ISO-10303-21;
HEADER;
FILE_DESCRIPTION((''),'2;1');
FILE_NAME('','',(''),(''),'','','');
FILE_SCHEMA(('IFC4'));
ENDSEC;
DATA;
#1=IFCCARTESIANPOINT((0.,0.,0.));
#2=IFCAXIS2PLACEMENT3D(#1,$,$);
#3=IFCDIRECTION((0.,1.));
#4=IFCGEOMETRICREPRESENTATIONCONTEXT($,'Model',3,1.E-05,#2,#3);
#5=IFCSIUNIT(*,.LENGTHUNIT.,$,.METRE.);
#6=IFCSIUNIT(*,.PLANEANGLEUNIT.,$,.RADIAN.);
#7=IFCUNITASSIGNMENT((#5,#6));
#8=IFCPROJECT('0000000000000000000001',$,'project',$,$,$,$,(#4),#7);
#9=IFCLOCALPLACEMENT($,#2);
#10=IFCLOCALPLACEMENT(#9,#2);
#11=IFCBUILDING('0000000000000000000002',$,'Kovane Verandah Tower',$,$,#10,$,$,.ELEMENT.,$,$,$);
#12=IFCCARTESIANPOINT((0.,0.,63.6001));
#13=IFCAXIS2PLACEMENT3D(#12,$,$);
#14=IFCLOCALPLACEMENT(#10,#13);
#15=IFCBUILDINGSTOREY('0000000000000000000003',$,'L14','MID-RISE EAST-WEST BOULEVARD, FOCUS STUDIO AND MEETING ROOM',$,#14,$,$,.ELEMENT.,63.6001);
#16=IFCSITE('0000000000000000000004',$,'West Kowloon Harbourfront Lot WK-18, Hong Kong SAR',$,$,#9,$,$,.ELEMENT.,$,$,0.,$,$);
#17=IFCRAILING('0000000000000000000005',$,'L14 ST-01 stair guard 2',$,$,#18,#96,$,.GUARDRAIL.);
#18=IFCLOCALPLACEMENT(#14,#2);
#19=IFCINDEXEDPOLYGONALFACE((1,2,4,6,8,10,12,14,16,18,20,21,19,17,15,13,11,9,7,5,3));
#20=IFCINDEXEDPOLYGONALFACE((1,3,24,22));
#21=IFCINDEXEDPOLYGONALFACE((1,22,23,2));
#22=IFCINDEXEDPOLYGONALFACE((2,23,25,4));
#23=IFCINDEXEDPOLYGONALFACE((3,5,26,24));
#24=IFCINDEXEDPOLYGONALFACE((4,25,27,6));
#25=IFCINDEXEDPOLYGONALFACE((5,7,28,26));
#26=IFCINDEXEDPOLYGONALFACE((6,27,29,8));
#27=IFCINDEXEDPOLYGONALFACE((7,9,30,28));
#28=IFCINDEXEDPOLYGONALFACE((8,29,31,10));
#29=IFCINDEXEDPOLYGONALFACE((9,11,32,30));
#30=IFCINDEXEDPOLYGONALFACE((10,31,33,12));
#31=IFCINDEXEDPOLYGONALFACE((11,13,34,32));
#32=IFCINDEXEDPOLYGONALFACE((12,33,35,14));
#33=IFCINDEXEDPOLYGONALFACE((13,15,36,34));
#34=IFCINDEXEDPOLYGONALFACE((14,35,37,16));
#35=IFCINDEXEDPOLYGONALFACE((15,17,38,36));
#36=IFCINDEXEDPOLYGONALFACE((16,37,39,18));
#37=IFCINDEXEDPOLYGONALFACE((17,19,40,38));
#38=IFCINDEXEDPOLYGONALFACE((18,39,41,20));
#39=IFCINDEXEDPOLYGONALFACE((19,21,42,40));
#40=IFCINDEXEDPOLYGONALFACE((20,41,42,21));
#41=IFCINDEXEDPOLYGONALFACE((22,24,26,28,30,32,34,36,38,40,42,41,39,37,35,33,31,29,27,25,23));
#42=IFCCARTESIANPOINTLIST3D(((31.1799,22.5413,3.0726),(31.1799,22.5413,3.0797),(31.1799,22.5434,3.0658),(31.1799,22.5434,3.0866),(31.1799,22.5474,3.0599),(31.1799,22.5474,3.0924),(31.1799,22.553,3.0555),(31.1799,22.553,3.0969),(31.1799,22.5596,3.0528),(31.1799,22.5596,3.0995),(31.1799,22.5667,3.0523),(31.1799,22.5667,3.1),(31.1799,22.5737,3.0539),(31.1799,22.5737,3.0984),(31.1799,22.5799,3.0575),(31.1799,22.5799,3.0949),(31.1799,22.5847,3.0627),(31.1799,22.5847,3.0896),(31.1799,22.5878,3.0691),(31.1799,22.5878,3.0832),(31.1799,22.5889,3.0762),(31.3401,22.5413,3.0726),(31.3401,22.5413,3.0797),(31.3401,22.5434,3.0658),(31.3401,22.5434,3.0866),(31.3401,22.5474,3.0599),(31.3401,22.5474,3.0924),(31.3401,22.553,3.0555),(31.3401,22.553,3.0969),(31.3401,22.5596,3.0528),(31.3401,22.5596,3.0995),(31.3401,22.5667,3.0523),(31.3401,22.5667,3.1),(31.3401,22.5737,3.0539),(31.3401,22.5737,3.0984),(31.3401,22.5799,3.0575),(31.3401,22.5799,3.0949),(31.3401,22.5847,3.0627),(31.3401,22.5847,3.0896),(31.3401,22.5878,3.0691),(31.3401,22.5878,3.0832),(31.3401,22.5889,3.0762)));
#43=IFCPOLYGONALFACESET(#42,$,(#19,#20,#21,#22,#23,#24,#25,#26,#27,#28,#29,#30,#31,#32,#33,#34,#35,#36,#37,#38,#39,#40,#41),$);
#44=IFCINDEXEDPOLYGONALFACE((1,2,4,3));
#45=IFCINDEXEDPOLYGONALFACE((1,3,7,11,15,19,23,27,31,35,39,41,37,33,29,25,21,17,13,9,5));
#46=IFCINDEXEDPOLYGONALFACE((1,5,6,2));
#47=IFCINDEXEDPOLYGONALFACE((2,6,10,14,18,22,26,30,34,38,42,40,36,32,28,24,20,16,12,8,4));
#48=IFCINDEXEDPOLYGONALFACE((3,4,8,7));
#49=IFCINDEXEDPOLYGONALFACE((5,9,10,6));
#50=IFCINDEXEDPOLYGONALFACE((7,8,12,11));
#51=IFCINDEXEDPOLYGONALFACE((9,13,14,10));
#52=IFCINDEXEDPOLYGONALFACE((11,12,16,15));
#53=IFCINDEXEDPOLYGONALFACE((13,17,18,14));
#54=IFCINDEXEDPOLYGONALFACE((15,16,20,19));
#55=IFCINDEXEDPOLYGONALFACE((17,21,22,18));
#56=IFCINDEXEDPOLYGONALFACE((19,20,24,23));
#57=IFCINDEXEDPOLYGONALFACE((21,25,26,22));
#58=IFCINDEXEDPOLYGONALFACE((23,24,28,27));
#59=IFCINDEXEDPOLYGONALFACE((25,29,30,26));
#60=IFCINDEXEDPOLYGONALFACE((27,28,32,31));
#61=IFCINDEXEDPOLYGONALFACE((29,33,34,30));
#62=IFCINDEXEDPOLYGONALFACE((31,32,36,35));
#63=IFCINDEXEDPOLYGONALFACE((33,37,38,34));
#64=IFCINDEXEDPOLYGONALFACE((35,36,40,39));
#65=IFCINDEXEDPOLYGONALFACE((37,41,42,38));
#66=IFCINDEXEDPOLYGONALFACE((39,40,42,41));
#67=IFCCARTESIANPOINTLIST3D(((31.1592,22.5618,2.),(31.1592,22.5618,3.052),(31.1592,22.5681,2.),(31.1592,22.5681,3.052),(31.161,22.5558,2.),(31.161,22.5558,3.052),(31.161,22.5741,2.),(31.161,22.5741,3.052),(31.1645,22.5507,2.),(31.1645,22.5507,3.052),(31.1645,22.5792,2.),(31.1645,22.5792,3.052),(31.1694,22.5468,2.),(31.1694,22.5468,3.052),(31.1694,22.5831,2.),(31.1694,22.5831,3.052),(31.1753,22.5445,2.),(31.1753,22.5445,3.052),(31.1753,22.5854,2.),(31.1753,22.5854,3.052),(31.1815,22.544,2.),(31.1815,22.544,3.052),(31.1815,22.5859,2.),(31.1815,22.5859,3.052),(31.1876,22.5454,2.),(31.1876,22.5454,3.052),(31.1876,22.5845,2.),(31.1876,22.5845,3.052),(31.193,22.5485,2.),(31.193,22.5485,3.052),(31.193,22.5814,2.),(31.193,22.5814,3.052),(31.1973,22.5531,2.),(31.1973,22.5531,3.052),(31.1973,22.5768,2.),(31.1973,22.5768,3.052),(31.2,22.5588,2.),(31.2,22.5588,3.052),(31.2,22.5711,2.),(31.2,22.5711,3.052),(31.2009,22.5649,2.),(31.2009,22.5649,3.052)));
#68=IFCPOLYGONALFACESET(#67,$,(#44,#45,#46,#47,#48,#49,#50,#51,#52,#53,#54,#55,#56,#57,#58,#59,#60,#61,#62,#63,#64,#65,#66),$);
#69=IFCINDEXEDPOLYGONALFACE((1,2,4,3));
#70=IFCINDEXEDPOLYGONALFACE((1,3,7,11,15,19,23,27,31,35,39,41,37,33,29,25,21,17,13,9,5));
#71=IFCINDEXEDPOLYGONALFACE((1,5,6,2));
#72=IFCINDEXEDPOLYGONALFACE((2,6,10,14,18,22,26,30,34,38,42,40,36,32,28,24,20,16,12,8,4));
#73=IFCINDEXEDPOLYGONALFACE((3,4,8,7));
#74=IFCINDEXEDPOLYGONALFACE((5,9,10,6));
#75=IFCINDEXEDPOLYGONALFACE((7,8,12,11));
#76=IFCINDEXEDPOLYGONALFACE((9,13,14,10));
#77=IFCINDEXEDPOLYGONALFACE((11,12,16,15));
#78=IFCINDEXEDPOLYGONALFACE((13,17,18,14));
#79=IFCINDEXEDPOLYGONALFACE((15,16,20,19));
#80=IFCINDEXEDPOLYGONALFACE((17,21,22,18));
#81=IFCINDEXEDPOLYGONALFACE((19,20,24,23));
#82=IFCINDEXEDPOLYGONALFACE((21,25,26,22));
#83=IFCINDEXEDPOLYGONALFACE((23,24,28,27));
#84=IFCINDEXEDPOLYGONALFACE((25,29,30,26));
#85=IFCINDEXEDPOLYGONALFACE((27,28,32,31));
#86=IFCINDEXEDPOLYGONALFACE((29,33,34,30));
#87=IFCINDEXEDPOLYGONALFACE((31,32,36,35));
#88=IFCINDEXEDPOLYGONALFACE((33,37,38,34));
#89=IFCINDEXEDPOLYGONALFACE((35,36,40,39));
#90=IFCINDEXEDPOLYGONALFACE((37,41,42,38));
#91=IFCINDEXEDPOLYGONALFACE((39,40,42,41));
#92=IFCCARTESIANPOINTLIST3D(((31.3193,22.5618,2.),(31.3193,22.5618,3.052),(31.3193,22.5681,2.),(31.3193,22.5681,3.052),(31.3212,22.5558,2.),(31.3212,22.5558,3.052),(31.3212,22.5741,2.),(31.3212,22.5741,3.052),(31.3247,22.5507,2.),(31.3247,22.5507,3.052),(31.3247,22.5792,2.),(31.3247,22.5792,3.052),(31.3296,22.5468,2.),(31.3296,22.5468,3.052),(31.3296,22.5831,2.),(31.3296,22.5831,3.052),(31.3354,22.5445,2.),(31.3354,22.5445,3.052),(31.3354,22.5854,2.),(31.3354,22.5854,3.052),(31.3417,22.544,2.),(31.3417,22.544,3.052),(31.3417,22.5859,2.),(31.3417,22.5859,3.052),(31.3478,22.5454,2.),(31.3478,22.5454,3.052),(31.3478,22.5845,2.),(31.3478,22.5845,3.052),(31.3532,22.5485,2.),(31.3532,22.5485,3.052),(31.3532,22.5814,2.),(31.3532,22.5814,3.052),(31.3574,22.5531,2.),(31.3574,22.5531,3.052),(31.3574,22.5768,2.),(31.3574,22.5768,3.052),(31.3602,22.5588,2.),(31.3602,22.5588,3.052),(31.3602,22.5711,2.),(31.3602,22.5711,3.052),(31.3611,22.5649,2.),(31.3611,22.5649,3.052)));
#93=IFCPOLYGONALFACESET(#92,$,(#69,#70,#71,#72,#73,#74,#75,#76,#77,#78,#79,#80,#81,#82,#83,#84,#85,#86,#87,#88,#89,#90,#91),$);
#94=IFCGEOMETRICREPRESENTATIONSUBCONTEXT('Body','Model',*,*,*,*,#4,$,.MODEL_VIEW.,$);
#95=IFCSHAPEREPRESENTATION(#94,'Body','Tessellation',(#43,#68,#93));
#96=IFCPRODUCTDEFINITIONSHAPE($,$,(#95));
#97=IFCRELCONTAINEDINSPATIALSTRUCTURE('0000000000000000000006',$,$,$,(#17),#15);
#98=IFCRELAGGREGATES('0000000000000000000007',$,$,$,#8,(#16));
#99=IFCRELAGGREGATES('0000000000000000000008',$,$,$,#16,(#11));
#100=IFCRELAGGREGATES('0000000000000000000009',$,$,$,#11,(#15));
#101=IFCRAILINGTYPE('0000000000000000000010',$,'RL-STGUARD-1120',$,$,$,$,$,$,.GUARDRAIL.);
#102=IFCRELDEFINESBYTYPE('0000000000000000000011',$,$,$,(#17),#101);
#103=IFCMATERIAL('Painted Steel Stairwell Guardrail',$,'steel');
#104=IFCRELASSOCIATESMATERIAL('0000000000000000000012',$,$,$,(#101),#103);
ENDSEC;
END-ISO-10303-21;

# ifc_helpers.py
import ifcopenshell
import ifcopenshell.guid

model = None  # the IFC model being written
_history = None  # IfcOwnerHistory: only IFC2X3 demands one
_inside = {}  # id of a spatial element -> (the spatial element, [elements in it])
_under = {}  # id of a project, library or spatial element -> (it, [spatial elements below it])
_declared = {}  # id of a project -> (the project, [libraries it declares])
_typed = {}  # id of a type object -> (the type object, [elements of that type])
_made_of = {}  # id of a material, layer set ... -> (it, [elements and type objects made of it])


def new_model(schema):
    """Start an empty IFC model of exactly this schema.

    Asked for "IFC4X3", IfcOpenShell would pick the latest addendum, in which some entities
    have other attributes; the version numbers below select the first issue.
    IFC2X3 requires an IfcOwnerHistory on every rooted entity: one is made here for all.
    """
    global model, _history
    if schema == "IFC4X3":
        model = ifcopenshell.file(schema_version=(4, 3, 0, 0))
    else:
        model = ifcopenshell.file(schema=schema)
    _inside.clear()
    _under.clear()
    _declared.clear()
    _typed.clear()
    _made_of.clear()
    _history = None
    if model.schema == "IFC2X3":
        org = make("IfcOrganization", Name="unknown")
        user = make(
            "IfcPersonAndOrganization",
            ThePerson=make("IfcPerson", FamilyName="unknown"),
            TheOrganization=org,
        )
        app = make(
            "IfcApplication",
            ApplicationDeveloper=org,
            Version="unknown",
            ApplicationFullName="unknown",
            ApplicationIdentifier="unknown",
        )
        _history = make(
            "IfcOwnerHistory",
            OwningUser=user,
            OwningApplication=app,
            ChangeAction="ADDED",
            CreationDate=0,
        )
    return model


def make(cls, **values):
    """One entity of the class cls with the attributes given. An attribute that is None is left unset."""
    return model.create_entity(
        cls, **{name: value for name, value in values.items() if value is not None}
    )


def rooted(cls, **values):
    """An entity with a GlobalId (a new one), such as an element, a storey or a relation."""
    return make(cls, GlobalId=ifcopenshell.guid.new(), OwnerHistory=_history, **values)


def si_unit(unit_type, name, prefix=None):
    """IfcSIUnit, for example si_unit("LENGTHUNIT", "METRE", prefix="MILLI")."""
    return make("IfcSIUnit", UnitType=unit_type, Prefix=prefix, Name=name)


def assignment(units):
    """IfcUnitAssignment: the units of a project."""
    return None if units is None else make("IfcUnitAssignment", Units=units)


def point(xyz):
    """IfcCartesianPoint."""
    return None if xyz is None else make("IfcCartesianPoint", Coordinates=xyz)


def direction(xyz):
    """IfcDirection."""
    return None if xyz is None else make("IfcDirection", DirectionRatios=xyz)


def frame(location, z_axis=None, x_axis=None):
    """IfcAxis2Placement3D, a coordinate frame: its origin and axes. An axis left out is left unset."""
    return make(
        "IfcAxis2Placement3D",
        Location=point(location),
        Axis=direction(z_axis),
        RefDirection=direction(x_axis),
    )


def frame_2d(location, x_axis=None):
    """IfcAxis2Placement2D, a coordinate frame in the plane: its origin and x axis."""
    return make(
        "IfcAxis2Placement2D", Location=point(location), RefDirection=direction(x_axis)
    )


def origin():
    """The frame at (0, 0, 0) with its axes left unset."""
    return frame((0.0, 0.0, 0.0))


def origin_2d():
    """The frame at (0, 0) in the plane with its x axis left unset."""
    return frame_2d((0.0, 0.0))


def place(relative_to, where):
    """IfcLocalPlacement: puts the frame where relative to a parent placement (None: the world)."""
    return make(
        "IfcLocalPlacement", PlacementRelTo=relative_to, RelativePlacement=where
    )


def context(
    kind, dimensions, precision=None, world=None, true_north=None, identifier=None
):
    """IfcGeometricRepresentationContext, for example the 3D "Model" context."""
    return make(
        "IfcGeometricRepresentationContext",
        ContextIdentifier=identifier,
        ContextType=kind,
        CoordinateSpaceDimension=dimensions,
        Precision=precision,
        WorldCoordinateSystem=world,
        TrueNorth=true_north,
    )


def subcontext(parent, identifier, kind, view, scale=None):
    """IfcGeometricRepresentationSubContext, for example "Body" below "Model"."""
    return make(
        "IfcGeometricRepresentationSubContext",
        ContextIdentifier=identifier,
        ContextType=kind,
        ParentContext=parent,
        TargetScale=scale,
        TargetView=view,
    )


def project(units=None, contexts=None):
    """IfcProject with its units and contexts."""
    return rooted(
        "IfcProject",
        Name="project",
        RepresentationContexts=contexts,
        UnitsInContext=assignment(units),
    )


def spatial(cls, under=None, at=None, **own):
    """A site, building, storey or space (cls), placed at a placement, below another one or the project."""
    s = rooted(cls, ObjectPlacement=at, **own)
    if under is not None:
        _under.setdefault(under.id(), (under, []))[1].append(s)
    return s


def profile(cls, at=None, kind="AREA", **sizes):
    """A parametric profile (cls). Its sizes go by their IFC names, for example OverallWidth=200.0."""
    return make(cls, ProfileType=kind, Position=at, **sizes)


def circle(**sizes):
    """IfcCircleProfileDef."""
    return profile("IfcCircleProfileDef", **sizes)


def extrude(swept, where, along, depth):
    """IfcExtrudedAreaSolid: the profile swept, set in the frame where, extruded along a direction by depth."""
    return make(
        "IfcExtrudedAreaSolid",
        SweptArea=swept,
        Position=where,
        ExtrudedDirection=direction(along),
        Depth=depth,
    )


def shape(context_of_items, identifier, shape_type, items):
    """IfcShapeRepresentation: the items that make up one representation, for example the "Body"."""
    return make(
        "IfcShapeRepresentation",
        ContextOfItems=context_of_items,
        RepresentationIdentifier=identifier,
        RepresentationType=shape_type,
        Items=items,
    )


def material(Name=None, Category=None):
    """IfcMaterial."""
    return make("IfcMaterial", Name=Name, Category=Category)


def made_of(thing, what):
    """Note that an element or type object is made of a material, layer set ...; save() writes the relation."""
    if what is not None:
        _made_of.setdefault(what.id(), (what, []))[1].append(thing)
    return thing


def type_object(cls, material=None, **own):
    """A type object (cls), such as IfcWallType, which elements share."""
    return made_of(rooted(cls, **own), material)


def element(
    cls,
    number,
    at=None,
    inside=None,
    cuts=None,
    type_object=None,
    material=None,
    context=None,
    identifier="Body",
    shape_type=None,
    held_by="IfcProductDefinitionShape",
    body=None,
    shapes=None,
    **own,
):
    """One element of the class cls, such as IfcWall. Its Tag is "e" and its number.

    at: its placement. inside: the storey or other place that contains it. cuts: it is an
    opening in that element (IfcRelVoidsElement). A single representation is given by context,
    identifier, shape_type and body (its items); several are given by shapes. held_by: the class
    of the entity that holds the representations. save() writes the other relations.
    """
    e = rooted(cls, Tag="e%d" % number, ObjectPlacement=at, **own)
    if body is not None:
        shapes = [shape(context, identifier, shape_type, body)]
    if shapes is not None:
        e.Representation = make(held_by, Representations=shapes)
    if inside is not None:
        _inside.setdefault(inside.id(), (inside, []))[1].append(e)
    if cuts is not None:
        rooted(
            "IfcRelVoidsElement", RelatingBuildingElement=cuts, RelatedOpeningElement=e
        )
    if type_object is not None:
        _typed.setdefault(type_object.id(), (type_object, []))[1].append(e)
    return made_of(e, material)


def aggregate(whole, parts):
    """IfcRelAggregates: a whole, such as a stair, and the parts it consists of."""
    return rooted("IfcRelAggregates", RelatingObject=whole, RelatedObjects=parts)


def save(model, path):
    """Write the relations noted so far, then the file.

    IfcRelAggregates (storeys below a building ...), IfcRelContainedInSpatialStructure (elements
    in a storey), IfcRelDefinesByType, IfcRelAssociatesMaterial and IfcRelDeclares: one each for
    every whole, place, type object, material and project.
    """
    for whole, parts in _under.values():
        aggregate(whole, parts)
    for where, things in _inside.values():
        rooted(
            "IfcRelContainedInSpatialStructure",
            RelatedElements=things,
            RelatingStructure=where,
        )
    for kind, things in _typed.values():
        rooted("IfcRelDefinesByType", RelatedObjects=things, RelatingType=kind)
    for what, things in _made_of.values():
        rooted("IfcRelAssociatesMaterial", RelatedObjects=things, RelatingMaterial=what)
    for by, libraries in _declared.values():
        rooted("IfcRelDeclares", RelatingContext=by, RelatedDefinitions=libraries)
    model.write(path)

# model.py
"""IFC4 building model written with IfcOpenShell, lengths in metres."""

from ifc_helpers import new_model, si_unit, direction, frame, origin, origin_2d, place, context, subcontext, project, spatial, circle, extrude, material, type_object, element, save


model = new_model("IFC4")

# Units and contexts
model_context = context("Model", 3, precision=1e-05, world=origin(), true_north=direction((0.0, 1.0)))
body_context = subcontext(model_context, "Body", "Model", "MODEL_VIEW")
ifc_project = project(units=[si_unit("LENGTHUNIT", "METRE"), si_unit("PLANEANGLEUNIT", "RADIAN")], contexts=[model_context])

# Site, building, storey
site_placement = place(None, origin())
site = spatial("IfcSite", under=ifc_project, at=site_placement, Name="West Kowloon Harbourfront Lot WK-18, Hong Kong SAR", CompositionType="ELEMENT", RefElevation=0.0)
building_placement = place(site_placement, origin())
building = spatial("IfcBuilding", under=site, at=building_placement, Name="Kovane Verandah Tower", CompositionType="ELEMENT")
storey_placement = place(building_placement, frame((0.0, 0.0, 63.6001)))
storey = spatial("IfcBuildingStorey", under=building, at=storey_placement, Name="L14", Description="MID-RISE EAST-WEST BOULEVARD, FOCUS STUDIO AND MEETING ROOM", CompositionType="ELEMENT", Elevation=63.6001)

# Railing
ifc_material_1 = material(Name="Painted Steel Stairwell Guardrail", Category="steel")
railing_type_1 = type_object("IfcRailingType", Name="RL-STGUARD-1120", PredefinedType="GUARDRAIL", material=ifc_material_1)
railing_1_placement = place(storey_placement, frame((31.1799, 22.5649, 2.0)))
element("IfcRailing", 1, at=railing_1_placement, inside=storey, type_object=railing_type_1, Name="L14 ST-01 stair guard 2", PredefinedType="GUARDRAIL", context=body_context, shape_type="SweptSolid", body=[
    extrude(circle(Radius=0.0239, at=origin_2d()), frame((0.0, 0.0, 1.0762), z_axis=(1.0, 0.0, 0.0), x_axis=(0.0, 1.0, 0.0)), (0.0, 0.0, 1.0), 0.1602),
    extrude(circle(Radius=0.021, at=origin_2d()), origin(), (0.0, 0.0, 1.0), 1.052),
    extrude(circle(Radius=0.021, at=origin_2d()), frame((0.1602, 0.0, 0.0)), (0.0, 0.0, 1.0), 1.052),
])

save(model, "model.ifc")
